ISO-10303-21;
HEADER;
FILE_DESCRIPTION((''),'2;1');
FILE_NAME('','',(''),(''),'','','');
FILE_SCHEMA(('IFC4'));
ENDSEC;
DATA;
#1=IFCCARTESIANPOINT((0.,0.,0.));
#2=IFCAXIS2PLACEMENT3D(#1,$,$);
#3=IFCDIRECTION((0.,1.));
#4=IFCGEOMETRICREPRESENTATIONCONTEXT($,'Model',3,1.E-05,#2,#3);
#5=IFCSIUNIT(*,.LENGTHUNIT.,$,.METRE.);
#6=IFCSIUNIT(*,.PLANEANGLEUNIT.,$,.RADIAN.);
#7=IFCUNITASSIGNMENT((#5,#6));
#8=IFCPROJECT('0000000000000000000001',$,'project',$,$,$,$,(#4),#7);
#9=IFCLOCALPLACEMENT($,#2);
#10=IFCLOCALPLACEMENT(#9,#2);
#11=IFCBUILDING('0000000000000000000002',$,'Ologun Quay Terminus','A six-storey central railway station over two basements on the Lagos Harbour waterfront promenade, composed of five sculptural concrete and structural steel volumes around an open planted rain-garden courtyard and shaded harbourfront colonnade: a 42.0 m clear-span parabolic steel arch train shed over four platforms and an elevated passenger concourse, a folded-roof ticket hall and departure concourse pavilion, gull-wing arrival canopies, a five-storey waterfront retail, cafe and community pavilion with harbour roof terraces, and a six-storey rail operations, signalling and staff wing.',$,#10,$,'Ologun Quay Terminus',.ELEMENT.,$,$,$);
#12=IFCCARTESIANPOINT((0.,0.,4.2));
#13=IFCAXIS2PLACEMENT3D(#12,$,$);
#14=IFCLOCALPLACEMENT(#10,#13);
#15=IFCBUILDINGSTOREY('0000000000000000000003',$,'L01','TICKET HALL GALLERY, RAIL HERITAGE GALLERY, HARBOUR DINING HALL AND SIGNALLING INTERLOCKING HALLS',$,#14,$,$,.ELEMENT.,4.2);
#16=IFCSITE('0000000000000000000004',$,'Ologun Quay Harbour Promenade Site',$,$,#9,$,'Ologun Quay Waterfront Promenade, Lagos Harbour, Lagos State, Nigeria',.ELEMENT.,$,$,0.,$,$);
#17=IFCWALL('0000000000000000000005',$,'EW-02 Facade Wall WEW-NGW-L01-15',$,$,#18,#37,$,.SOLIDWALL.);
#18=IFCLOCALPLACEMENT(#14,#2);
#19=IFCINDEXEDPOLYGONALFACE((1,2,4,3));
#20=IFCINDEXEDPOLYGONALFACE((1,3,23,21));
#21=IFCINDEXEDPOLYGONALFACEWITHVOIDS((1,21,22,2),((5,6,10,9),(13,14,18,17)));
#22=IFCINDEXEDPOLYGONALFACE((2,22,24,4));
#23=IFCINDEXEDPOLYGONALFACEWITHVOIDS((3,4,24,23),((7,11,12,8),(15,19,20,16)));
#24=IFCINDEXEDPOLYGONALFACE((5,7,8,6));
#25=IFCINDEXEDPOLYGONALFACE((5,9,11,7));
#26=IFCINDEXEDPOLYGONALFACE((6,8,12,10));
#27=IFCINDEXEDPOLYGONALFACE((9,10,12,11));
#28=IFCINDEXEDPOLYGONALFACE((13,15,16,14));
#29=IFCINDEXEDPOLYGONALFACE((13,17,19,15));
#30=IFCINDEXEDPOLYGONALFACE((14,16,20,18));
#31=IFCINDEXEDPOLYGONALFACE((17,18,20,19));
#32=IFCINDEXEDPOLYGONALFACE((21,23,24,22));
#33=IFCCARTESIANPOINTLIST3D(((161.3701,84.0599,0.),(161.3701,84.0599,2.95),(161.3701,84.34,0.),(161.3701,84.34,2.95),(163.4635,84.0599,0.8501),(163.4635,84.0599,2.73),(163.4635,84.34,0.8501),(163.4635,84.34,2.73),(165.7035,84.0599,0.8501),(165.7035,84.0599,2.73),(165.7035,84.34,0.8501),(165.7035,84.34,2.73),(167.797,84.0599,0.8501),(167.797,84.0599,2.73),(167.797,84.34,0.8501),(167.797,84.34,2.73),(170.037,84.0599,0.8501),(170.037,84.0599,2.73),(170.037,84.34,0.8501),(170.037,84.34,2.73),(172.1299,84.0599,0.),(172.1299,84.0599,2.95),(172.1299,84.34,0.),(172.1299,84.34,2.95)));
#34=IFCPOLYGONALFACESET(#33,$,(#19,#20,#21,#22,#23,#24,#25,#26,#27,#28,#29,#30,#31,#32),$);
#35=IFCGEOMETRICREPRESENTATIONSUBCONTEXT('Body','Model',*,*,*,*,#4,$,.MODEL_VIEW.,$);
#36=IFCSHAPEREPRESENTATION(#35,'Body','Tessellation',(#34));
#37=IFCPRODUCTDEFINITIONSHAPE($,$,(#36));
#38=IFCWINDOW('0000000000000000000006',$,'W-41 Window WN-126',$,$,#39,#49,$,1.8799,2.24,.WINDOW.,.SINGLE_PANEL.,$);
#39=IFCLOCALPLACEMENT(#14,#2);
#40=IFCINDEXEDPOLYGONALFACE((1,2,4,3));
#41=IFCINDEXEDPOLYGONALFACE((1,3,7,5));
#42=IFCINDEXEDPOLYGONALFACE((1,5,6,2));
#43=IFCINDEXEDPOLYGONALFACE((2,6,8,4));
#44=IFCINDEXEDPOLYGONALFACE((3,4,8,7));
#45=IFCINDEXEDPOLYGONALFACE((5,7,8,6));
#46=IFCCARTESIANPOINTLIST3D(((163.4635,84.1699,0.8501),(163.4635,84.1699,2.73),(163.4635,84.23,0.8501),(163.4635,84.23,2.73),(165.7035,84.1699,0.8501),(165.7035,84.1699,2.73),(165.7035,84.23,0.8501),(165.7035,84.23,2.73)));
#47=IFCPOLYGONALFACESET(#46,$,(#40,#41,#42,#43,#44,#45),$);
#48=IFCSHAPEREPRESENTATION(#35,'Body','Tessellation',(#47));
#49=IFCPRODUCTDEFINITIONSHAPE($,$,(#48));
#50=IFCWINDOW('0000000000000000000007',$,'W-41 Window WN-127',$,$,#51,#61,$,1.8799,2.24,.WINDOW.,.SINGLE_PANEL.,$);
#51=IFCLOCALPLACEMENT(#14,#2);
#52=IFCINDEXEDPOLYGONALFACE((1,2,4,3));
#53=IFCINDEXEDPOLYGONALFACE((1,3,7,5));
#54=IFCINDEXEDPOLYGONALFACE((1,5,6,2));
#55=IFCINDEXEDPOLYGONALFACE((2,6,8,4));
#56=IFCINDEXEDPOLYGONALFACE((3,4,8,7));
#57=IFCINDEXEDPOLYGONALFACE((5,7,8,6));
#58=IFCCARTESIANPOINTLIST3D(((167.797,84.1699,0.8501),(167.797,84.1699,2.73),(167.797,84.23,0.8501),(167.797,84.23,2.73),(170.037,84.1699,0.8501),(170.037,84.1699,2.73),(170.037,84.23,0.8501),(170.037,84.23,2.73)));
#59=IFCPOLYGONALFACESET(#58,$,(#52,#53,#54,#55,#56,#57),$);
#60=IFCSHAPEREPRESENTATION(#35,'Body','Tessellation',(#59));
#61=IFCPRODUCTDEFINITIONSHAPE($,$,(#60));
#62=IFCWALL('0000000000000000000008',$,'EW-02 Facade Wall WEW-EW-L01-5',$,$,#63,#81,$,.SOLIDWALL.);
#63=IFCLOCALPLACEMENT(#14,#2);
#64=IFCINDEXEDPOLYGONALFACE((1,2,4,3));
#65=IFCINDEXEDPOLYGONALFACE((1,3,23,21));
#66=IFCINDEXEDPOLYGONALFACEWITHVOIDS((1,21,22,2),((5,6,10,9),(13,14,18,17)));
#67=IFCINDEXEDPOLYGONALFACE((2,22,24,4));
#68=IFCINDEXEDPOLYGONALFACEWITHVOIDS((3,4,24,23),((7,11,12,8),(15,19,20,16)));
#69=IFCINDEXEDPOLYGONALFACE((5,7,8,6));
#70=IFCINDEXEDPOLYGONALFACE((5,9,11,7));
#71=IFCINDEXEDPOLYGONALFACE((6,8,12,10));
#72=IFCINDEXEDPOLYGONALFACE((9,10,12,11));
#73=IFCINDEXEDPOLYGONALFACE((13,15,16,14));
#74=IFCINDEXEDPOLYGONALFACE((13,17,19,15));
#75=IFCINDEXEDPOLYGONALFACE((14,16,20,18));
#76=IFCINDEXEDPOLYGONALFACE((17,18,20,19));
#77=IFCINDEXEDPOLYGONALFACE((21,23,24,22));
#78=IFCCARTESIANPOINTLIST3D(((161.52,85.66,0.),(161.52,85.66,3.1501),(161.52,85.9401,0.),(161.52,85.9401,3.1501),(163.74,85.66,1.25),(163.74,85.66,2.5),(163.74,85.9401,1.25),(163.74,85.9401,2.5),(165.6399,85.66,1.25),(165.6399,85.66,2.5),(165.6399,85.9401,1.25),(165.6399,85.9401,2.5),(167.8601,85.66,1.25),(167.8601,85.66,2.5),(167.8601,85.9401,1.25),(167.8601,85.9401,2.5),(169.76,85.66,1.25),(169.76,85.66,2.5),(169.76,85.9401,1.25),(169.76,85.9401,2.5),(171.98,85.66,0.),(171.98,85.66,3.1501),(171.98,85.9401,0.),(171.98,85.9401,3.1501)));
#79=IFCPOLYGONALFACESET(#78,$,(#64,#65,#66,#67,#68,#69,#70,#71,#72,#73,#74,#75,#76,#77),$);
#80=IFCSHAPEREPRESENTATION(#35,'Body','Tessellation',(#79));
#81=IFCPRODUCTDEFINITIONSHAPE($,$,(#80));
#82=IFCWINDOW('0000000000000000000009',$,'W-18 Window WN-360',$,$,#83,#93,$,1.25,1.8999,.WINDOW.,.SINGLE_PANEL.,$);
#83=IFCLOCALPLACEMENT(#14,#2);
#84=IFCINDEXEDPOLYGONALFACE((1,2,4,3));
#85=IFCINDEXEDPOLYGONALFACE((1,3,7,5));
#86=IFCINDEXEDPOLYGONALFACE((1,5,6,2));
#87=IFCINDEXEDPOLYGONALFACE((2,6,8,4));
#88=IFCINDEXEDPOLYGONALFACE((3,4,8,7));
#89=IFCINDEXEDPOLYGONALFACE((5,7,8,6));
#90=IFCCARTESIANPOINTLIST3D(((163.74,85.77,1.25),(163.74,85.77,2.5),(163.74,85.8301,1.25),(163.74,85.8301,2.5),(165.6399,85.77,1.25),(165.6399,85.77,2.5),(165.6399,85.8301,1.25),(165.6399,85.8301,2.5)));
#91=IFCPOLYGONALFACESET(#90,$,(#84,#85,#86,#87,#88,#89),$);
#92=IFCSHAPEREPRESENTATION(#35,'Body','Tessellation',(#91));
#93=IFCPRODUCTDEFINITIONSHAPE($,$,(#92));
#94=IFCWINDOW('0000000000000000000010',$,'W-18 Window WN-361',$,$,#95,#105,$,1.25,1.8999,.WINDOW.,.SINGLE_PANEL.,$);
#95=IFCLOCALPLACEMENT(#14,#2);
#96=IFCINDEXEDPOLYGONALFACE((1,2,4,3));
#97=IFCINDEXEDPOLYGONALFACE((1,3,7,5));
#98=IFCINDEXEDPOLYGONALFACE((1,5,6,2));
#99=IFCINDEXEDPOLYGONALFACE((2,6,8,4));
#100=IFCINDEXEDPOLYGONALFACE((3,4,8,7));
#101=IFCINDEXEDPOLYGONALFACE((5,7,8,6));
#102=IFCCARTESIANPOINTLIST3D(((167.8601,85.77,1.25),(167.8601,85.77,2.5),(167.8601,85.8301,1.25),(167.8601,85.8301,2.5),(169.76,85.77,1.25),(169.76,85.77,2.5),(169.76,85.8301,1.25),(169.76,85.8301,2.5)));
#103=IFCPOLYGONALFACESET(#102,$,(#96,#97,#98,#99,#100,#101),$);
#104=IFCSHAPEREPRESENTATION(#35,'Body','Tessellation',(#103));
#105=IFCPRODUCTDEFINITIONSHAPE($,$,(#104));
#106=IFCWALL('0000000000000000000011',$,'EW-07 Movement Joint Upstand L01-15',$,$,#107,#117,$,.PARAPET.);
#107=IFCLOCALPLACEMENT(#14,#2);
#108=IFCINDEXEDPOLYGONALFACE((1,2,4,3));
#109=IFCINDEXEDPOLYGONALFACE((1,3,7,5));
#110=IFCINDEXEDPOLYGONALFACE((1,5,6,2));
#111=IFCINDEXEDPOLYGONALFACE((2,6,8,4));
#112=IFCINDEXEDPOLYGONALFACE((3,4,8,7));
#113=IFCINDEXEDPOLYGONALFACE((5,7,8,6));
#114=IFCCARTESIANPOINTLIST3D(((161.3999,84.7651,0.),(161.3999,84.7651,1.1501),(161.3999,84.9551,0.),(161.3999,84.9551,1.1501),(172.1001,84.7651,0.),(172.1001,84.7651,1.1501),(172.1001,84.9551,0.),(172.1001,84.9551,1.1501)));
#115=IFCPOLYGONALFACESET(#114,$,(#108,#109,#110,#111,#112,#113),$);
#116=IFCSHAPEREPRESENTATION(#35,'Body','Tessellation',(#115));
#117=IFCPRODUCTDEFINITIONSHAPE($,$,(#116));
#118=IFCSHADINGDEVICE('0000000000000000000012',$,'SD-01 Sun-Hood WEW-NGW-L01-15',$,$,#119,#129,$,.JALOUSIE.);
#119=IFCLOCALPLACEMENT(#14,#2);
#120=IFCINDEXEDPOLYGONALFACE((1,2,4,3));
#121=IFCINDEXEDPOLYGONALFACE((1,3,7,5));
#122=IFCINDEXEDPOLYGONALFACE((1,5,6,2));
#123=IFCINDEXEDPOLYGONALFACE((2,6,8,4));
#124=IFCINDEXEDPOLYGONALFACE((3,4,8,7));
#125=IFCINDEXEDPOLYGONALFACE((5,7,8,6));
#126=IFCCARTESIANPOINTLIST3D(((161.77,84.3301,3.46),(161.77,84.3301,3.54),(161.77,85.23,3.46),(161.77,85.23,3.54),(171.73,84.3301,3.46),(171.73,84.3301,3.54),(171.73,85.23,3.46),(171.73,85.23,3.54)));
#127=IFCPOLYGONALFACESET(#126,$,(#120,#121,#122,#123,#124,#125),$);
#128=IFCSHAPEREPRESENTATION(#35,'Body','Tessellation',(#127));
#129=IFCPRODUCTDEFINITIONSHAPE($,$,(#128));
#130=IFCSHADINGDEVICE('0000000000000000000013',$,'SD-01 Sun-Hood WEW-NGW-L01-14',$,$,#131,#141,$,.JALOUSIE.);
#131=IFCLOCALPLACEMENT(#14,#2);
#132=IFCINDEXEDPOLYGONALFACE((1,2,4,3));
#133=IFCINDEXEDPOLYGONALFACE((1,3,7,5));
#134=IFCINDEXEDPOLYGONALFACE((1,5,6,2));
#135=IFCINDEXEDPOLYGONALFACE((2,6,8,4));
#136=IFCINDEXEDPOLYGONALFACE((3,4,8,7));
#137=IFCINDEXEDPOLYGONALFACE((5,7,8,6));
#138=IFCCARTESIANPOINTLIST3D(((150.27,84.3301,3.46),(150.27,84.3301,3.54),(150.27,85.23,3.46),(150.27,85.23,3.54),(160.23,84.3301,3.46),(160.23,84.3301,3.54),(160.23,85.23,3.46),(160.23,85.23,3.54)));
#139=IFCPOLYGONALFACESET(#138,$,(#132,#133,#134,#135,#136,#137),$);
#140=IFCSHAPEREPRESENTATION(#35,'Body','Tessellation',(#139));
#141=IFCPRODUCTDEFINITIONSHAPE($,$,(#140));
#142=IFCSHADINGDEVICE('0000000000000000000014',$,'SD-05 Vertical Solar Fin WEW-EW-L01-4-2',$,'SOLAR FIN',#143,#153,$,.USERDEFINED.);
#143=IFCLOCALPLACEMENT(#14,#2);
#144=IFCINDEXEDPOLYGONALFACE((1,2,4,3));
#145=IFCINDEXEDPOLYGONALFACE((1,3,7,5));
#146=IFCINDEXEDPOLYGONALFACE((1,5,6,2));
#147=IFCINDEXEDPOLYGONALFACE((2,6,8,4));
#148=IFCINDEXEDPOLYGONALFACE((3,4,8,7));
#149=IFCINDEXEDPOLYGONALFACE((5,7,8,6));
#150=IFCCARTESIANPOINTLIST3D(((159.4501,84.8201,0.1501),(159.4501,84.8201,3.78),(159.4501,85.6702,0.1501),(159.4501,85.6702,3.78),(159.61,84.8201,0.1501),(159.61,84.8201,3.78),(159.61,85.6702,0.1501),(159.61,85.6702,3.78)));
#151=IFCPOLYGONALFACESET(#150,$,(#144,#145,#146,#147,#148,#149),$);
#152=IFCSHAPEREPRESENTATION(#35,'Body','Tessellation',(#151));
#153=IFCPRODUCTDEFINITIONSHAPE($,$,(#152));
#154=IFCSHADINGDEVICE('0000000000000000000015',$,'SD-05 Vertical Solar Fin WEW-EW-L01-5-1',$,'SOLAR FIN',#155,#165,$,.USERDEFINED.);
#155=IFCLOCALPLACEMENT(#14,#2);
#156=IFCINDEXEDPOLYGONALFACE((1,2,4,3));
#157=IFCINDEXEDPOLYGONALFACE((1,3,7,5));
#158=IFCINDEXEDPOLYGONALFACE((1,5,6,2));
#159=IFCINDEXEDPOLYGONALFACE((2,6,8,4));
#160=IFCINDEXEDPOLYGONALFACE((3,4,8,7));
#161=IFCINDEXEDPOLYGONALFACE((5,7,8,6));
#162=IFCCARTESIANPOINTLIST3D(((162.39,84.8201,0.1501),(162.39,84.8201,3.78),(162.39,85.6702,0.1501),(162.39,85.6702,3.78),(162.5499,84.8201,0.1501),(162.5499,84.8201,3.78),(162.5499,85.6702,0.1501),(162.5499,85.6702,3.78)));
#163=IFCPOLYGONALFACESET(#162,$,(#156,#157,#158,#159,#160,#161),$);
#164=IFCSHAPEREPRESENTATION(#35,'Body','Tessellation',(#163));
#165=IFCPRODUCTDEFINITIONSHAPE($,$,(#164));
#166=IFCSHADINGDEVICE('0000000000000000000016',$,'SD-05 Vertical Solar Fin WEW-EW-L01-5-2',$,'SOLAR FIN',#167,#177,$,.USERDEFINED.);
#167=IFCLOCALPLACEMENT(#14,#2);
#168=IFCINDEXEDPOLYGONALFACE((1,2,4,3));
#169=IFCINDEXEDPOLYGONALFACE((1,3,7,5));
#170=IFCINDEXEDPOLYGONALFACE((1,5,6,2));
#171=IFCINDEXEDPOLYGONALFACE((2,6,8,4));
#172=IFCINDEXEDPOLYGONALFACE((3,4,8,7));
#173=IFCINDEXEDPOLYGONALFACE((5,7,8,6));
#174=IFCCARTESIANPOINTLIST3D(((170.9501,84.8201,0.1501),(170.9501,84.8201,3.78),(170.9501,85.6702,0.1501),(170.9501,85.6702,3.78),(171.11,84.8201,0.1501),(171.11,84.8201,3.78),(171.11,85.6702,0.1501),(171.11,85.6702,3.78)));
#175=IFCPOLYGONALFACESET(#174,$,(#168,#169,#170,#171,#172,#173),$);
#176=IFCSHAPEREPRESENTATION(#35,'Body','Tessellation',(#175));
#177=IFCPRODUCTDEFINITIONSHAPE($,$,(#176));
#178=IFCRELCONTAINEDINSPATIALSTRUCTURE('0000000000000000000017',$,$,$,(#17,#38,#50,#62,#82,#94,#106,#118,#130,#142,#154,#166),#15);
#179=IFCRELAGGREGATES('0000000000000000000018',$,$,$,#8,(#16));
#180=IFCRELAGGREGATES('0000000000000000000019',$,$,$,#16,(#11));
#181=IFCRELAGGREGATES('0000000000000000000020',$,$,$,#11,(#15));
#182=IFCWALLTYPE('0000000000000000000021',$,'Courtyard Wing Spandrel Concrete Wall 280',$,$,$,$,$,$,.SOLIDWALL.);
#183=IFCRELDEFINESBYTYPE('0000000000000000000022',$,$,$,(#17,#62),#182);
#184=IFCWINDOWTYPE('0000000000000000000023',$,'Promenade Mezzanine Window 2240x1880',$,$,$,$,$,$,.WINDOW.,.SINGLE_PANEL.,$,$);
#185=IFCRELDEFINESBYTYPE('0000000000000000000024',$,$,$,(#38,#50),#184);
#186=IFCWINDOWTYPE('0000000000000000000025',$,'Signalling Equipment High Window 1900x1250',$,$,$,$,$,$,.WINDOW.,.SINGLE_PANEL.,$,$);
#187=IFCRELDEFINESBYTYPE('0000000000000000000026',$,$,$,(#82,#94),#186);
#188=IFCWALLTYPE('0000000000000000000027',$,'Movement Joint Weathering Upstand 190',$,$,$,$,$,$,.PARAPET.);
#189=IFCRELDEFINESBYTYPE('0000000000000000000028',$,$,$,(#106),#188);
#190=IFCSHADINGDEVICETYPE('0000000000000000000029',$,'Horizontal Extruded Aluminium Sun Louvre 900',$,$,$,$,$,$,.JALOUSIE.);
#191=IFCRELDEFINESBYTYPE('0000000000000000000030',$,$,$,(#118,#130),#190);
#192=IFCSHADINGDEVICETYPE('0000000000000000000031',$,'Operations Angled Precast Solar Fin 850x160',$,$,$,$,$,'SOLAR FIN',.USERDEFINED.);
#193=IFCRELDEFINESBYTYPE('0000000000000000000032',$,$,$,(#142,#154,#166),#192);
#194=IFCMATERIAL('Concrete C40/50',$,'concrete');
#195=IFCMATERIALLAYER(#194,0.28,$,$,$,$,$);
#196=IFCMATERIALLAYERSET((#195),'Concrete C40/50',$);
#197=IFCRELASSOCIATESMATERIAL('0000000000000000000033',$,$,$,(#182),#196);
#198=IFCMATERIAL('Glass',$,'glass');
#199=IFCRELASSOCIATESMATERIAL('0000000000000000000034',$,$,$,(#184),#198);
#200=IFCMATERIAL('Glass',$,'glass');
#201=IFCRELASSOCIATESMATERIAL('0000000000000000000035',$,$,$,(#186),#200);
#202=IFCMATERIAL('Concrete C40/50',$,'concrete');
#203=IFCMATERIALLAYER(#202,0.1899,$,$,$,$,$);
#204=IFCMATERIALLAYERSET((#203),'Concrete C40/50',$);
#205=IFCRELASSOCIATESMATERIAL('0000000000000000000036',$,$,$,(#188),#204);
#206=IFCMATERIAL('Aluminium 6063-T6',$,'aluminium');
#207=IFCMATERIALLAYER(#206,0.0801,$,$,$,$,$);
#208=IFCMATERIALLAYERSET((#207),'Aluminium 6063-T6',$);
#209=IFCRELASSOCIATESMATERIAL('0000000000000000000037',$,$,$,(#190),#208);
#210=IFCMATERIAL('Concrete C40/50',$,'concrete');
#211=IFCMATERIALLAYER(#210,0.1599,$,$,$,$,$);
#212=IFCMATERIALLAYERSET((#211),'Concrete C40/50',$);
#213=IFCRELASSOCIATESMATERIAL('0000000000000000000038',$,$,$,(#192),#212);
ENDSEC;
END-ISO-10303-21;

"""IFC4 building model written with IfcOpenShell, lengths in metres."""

from ifc_helpers import new_model, si_unit, direction, frame, frame_2d, origin, origin_2d, place, context, subcontext, project, spatial, rectangle, extrude, material, layer, layer_set, type_object, element, fill, save


model = new_model("IFC4")

# Units and contexts
model_context = context("Model", 3, precision=1e-05, world=origin(), true_north=direction((0.0, 1.0)))
body_context = subcontext(model_context, "Body", "Model", "MODEL_VIEW")
ifc_project = project(units=[si_unit("LENGTHUNIT", "METRE"), si_unit("PLANEANGLEUNIT", "RADIAN")], contexts=[model_context])

# Site, building, storey
site_placement = place(None, origin())
site = spatial("IfcSite", under=ifc_project, at=site_placement, Name="Ologun Quay Harbour Promenade Site", LongName="Ologun Quay Waterfront Promenade, Lagos Harbour, Lagos State, Nigeria", CompositionType="ELEMENT", RefElevation=0.0)
building_placement = place(site_placement, origin())
building = spatial("IfcBuilding", under=site, at=building_placement, Name="Ologun Quay Terminus", Description="A six-storey central railway station over two basements on the Lagos Harbour waterfront promenade, composed of five sculptural concrete and structural steel volumes around an open planted rain-garden courtyard and shaded harbourfront colonnade: a 42.0 m clear-span parabolic steel arch train shed over four platforms and an elevated passenger concourse, a folded-roof ticket hall and departure concourse pavilion, gull-wing arrival canopies, a five-storey waterfront retail, cafe and community pavilion with harbour roof terraces, and a six-storey rail operations, signalling and staff wing.", LongName="Ologun Quay Terminus", CompositionType="ELEMENT")
storey_placement = place(building_placement, frame((0.0, 0.0, 4.2)))
storey = spatial("IfcBuildingStorey", under=building, at=storey_placement, Name="L01", Description="TICKET HALL GALLERY, RAIL HERITAGE GALLERY, HARBOUR DINING HALL AND SIGNALLING INTERLOCKING HALLS", CompositionType="ELEMENT", Elevation=4.2)

# Walls, openings, windows
ifc_material_1 = material(Name="Concrete C40/50", Category="concrete")
ifc_layer_1 = layer(ifc_material_1, 0.28)
ifc_layer_set_1 = layer_set([ifc_layer_1], Name="Concrete C40/50")
wall_type_1 = type_object("IfcWallType", Name="Courtyard Wing Spandrel Concrete Wall 280", PredefinedType="SOLIDWALL", material=ifc_layer_set_1)
wall_1_placement = place(storey_placement, frame((161.3701, 84.2, 0.0), z_axis=(0.0, 0.0, 1.0), x_axis=(1.0, 0.0, 0.0)))
wall_1 = element("IfcWall", 1, at=wall_1_placement, inside=storey, type_object=wall_type_1, Name="EW-02 Facade Wall WEW-NGW-L01-15", PredefinedType="SOLIDWALL", context=body_context, shape_type="SweptSolid", body=[
    extrude(rectangle(XDim=10.7598, YDim=0.28, at=frame_2d((5.3799, 0.0))), origin(), (0.0, 0.0, 1.0), 2.95),
])
opening_1_placement = place(wall_1_placement, frame((2.0933, 0.0, 0.8501)))
opening_1 = element("IfcOpeningElement", 2, at=opening_1_placement, cuts=wall_1, PredefinedType="OPENING", context=body_context, shape_type="SweptSolid", body=[
    extrude(rectangle(XDim=2.24, YDim=1.8799, at=frame_2d((1.1201, 0.9399))), frame((0.0, 0.1499, 0.0), z_axis=(0.0, -1.0, 0.0), x_axis=(1.0, 0.0, 0.0)), (0.0, 0.0, 1.0), 0.3),
])
opening_2_placement = place(wall_1_placement, frame((6.4268, 0.0, 0.8501)))
opening_2 = element("IfcOpeningElement", 3, at=opening_2_placement, cuts=wall_1, PredefinedType="OPENING", context=body_context, shape_type="SweptSolid", body=[
    extrude(rectangle(XDim=2.24, YDim=1.8799, at=frame_2d((1.1201, 0.9399))), frame((0.0, 0.1499, 0.0), z_axis=(0.0, -1.0, 0.0), x_axis=(1.0, 0.0, 0.0)), (0.0, 0.0, 1.0), 0.3),
])
ifc_material_2 = material(Name="Glass", Category="glass")
window_type_1 = type_object("IfcWindowType", Name="Promenade Mezzanine Window 2240x1880", PartitioningType="SINGLE_PANEL", PredefinedType="WINDOW", material=ifc_material_2)
window_1_placement = place(opening_1_placement, origin())
window_1 = element("IfcWindow", 4, at=window_1_placement, inside=storey, type_object=window_type_1, Name="W-41 Window WN-126", OverallHeight=1.8799, OverallWidth=2.24, PartitioningType="SINGLE_PANEL", PredefinedType="WINDOW", context=body_context, shape_type="SweptSolid", body=[
    extrude(rectangle(XDim=2.24, YDim=1.8799, at=frame_2d((1.1201, 0.9399))), frame((0.0, 0.03, 0.0), z_axis=(0.0, -1.0, 0.0), x_axis=(1.0, 0.0, 0.0)), (0.0, 0.0, 1.0), 0.0601),
])
fill(opening_1, window_1)
window_2_placement = place(opening_2_placement, origin())
window_2 = element("IfcWindow", 5, at=window_2_placement, inside=storey, type_object=window_type_1, Name="W-41 Window WN-127", OverallHeight=1.8799, OverallWidth=2.24, PartitioningType="SINGLE_PANEL", PredefinedType="WINDOW", context=body_context, shape_type="SweptSolid", body=[
    extrude(rectangle(XDim=2.24, YDim=1.8799, at=frame_2d((1.1201, 0.9399))), frame((0.0, 0.03, 0.0), z_axis=(0.0, -1.0, 0.0), x_axis=(1.0, 0.0, 0.0)), (0.0, 0.0, 1.0), 0.0601),
])
fill(opening_2, window_2)
wall_2_placement = place(storey_placement, frame((161.52, 85.8, 0.0), z_axis=(0.0, 0.0, 1.0), x_axis=(1.0, 0.0, 0.0)))
wall_2 = element("IfcWall", 6, at=wall_2_placement, inside=storey, type_object=wall_type_1, Name="EW-02 Facade Wall WEW-EW-L01-5", PredefinedType="SOLIDWALL", context=body_context, shape_type="SweptSolid", body=[
    extrude(rectangle(XDim=10.46, YDim=0.28, at=frame_2d((5.23, 0.0))), origin(), (0.0, 0.0, 1.0), 3.1501),
])
opening_3_placement = place(wall_2_placement, frame((2.22, 0.0, 1.25)))
opening_3 = element("IfcOpeningElement", 7, at=opening_3_placement, cuts=wall_2, PredefinedType="OPENING", context=body_context, shape_type="SweptSolid", body=[
    extrude(rectangle(XDim=1.8999, YDim=1.25, at=frame_2d((0.95, 0.625))), frame((0.0, 0.1499, 0.0), z_axis=(0.0, -1.0, 0.0), x_axis=(1.0, 0.0, 0.0)), (0.0, 0.0, 1.0), 0.3),
])
opening_4_placement = place(wall_2_placement, frame((6.3401, 0.0, 1.25)))
opening_4 = element("IfcOpeningElement", 8, at=opening_4_placement, cuts=wall_2, PredefinedType="OPENING", context=body_context, shape_type="SweptSolid", body=[
    extrude(rectangle(XDim=1.8999, YDim=1.25, at=frame_2d((0.95, 0.625))), frame((0.0, 0.1499, 0.0), z_axis=(0.0, -1.0, 0.0), x_axis=(1.0, 0.0, 0.0)), (0.0, 0.0, 1.0), 0.3),
])
ifc_material_3 = material(Name="Glass", Category="glass")
window_type_2 = type_object("IfcWindowType", Name="Signalling Equipment High Window 1900x1250", PartitioningType="SINGLE_PANEL", PredefinedType="WINDOW", material=ifc_material_3)
window_3_placement = place(opening_3_placement, origin())
window_3 = element("IfcWindow", 9, at=window_3_placement, inside=storey, type_object=window_type_2, Name="W-18 Window WN-360", OverallHeight=1.25, OverallWidth=1.8999, PartitioningType="SINGLE_PANEL", PredefinedType="WINDOW", context=body_context, shape_type="SweptSolid", body=[
    extrude(rectangle(XDim=1.8999, YDim=1.25, at=frame_2d((0.95, 0.625))), frame((0.0, 0.03, 0.0), z_axis=(0.0, -1.0, 0.0), x_axis=(1.0, 0.0, 0.0)), (0.0, 0.0, 1.0), 0.0601),
])
fill(opening_3, window_3)
window_4_placement = place(opening_4_placement, origin())
window_4 = element("IfcWindow", 10, at=window_4_placement, inside=storey, type_object=window_type_2, Name="W-18 Window WN-361", OverallHeight=1.25, OverallWidth=1.8999, PartitioningType="SINGLE_PANEL", PredefinedType="WINDOW", context=body_context, shape_type="SweptSolid", body=[
    extrude(rectangle(XDim=1.8999, YDim=1.25, at=frame_2d((0.95, 0.625))), frame((0.0, 0.03, 0.0), z_axis=(0.0, -1.0, 0.0), x_axis=(1.0, 0.0, 0.0)), (0.0, 0.0, 1.0), 0.0601),
])
fill(opening_4, window_4)

# Wall
ifc_material_4 = material(Name="Concrete C40/50", Category="concrete")
ifc_layer_2 = layer(ifc_material_4, 0.1899)
ifc_layer_set_2 = layer_set([ifc_layer_2], Name="Concrete C40/50")
wall_type_2 = type_object("IfcWallType", Name="Movement Joint Weathering Upstand 190", PredefinedType="PARAPET", material=ifc_layer_set_2)
wall_3_placement = place(storey_placement, frame((161.3999, 84.8601, 0.0), z_axis=(0.0, 0.0, 1.0), x_axis=(1.0, 0.0, 0.0)))
element("IfcWall", 11, at=wall_3_placement, inside=storey, type_object=wall_type_2, Name="EW-07 Movement Joint Upstand L01-15", PredefinedType="PARAPET", context=body_context, shape_type="SweptSolid", body=[
    extrude(rectangle(XDim=10.7002, YDim=0.1899, at=frame_2d((5.3501, 0.0))), origin(), (0.0, 0.0, 1.0), 1.1501),
])

# Shading devices
ifc_material_5 = material(Name="Aluminium 6063-T6", Category="aluminium")
ifc_layer_3 = layer(ifc_material_5, 0.0801)
ifc_layer_set_3 = layer_set([ifc_layer_3], Name="Aluminium 6063-T6")
shading_device_type_1 = type_object("IfcShadingDeviceType", Name="Horizontal Extruded Aluminium Sun Louvre 900", PredefinedType="JALOUSIE", material=ifc_layer_set_3)
for number, where, z_axis, x_axis, name in (
    (12, (166.75, 84.78, 3.46), (0.0, 0.0, 1.0), (1.0, 0.0, 0.0), "SD-01 Sun-Hood WEW-NGW-L01-15"),
    (13, (155.25, 84.78, 3.46), (0.0, 0.0, 1.0), (1.0, 0.0, 0.0), "SD-01 Sun-Hood WEW-NGW-L01-14"),
):
    element("IfcShadingDevice", number, at=place(storey_placement, frame(where, z_axis=z_axis, x_axis=x_axis)), inside=storey, type_object=shading_device_type_1, Name=name, PredefinedType="JALOUSIE", context=body_context, shape_type="SweptSolid", body=[
        extrude(rectangle(XDim=9.96, YDim=0.8999, at=origin_2d()), origin(), (0.0, 0.0, 1.0), 0.0801),
    ])
ifc_material_6 = material(Name="Concrete C40/50", Category="concrete")
ifc_layer_4 = layer(ifc_material_6, 0.1599)
ifc_layer_set_4 = layer_set([ifc_layer_4], Name="Concrete C40/50")
shading_device_type_2 = type_object("IfcShadingDeviceType", Name="Operations Angled Precast Solar Fin 850x160", ElementType="SOLAR FIN", PredefinedType="USERDEFINED", material=ifc_layer_set_4)
for number, where, z_axis, x_axis, name in (
    (14, (159.53, 85.2451, 0.1501), (0.0, 0.0, 1.0), (1.0, 0.0, 0.0), "SD-05 Vertical Solar Fin WEW-EW-L01-4-2"),
    (15, (162.47, 85.2451, 0.1501), (0.0, 0.0, 1.0), (1.0, 0.0, 0.0), "SD-05 Vertical Solar Fin WEW-EW-L01-5-1"),
    (16, (171.03, 85.2451, 0.1501), (0.0, 0.0, 1.0), (1.0, 0.0, 0.0), "SD-05 Vertical Solar Fin WEW-EW-L01-5-2"),
):
    element("IfcShadingDevice", number, at=place(storey_placement, frame(where, z_axis=z_axis, x_axis=x_axis)), inside=storey, type_object=shading_device_type_2, Name=name, ObjectType="SOLAR FIN", PredefinedType="USERDEFINED", context=body_context, shape_type="SweptSolid", body=[
        extrude(rectangle(XDim=0.1599, YDim=0.8501, at=origin_2d()), origin(), (0.0, 0.0, 1.0), 3.6299),
    ])

save(model, "model.ifc")
